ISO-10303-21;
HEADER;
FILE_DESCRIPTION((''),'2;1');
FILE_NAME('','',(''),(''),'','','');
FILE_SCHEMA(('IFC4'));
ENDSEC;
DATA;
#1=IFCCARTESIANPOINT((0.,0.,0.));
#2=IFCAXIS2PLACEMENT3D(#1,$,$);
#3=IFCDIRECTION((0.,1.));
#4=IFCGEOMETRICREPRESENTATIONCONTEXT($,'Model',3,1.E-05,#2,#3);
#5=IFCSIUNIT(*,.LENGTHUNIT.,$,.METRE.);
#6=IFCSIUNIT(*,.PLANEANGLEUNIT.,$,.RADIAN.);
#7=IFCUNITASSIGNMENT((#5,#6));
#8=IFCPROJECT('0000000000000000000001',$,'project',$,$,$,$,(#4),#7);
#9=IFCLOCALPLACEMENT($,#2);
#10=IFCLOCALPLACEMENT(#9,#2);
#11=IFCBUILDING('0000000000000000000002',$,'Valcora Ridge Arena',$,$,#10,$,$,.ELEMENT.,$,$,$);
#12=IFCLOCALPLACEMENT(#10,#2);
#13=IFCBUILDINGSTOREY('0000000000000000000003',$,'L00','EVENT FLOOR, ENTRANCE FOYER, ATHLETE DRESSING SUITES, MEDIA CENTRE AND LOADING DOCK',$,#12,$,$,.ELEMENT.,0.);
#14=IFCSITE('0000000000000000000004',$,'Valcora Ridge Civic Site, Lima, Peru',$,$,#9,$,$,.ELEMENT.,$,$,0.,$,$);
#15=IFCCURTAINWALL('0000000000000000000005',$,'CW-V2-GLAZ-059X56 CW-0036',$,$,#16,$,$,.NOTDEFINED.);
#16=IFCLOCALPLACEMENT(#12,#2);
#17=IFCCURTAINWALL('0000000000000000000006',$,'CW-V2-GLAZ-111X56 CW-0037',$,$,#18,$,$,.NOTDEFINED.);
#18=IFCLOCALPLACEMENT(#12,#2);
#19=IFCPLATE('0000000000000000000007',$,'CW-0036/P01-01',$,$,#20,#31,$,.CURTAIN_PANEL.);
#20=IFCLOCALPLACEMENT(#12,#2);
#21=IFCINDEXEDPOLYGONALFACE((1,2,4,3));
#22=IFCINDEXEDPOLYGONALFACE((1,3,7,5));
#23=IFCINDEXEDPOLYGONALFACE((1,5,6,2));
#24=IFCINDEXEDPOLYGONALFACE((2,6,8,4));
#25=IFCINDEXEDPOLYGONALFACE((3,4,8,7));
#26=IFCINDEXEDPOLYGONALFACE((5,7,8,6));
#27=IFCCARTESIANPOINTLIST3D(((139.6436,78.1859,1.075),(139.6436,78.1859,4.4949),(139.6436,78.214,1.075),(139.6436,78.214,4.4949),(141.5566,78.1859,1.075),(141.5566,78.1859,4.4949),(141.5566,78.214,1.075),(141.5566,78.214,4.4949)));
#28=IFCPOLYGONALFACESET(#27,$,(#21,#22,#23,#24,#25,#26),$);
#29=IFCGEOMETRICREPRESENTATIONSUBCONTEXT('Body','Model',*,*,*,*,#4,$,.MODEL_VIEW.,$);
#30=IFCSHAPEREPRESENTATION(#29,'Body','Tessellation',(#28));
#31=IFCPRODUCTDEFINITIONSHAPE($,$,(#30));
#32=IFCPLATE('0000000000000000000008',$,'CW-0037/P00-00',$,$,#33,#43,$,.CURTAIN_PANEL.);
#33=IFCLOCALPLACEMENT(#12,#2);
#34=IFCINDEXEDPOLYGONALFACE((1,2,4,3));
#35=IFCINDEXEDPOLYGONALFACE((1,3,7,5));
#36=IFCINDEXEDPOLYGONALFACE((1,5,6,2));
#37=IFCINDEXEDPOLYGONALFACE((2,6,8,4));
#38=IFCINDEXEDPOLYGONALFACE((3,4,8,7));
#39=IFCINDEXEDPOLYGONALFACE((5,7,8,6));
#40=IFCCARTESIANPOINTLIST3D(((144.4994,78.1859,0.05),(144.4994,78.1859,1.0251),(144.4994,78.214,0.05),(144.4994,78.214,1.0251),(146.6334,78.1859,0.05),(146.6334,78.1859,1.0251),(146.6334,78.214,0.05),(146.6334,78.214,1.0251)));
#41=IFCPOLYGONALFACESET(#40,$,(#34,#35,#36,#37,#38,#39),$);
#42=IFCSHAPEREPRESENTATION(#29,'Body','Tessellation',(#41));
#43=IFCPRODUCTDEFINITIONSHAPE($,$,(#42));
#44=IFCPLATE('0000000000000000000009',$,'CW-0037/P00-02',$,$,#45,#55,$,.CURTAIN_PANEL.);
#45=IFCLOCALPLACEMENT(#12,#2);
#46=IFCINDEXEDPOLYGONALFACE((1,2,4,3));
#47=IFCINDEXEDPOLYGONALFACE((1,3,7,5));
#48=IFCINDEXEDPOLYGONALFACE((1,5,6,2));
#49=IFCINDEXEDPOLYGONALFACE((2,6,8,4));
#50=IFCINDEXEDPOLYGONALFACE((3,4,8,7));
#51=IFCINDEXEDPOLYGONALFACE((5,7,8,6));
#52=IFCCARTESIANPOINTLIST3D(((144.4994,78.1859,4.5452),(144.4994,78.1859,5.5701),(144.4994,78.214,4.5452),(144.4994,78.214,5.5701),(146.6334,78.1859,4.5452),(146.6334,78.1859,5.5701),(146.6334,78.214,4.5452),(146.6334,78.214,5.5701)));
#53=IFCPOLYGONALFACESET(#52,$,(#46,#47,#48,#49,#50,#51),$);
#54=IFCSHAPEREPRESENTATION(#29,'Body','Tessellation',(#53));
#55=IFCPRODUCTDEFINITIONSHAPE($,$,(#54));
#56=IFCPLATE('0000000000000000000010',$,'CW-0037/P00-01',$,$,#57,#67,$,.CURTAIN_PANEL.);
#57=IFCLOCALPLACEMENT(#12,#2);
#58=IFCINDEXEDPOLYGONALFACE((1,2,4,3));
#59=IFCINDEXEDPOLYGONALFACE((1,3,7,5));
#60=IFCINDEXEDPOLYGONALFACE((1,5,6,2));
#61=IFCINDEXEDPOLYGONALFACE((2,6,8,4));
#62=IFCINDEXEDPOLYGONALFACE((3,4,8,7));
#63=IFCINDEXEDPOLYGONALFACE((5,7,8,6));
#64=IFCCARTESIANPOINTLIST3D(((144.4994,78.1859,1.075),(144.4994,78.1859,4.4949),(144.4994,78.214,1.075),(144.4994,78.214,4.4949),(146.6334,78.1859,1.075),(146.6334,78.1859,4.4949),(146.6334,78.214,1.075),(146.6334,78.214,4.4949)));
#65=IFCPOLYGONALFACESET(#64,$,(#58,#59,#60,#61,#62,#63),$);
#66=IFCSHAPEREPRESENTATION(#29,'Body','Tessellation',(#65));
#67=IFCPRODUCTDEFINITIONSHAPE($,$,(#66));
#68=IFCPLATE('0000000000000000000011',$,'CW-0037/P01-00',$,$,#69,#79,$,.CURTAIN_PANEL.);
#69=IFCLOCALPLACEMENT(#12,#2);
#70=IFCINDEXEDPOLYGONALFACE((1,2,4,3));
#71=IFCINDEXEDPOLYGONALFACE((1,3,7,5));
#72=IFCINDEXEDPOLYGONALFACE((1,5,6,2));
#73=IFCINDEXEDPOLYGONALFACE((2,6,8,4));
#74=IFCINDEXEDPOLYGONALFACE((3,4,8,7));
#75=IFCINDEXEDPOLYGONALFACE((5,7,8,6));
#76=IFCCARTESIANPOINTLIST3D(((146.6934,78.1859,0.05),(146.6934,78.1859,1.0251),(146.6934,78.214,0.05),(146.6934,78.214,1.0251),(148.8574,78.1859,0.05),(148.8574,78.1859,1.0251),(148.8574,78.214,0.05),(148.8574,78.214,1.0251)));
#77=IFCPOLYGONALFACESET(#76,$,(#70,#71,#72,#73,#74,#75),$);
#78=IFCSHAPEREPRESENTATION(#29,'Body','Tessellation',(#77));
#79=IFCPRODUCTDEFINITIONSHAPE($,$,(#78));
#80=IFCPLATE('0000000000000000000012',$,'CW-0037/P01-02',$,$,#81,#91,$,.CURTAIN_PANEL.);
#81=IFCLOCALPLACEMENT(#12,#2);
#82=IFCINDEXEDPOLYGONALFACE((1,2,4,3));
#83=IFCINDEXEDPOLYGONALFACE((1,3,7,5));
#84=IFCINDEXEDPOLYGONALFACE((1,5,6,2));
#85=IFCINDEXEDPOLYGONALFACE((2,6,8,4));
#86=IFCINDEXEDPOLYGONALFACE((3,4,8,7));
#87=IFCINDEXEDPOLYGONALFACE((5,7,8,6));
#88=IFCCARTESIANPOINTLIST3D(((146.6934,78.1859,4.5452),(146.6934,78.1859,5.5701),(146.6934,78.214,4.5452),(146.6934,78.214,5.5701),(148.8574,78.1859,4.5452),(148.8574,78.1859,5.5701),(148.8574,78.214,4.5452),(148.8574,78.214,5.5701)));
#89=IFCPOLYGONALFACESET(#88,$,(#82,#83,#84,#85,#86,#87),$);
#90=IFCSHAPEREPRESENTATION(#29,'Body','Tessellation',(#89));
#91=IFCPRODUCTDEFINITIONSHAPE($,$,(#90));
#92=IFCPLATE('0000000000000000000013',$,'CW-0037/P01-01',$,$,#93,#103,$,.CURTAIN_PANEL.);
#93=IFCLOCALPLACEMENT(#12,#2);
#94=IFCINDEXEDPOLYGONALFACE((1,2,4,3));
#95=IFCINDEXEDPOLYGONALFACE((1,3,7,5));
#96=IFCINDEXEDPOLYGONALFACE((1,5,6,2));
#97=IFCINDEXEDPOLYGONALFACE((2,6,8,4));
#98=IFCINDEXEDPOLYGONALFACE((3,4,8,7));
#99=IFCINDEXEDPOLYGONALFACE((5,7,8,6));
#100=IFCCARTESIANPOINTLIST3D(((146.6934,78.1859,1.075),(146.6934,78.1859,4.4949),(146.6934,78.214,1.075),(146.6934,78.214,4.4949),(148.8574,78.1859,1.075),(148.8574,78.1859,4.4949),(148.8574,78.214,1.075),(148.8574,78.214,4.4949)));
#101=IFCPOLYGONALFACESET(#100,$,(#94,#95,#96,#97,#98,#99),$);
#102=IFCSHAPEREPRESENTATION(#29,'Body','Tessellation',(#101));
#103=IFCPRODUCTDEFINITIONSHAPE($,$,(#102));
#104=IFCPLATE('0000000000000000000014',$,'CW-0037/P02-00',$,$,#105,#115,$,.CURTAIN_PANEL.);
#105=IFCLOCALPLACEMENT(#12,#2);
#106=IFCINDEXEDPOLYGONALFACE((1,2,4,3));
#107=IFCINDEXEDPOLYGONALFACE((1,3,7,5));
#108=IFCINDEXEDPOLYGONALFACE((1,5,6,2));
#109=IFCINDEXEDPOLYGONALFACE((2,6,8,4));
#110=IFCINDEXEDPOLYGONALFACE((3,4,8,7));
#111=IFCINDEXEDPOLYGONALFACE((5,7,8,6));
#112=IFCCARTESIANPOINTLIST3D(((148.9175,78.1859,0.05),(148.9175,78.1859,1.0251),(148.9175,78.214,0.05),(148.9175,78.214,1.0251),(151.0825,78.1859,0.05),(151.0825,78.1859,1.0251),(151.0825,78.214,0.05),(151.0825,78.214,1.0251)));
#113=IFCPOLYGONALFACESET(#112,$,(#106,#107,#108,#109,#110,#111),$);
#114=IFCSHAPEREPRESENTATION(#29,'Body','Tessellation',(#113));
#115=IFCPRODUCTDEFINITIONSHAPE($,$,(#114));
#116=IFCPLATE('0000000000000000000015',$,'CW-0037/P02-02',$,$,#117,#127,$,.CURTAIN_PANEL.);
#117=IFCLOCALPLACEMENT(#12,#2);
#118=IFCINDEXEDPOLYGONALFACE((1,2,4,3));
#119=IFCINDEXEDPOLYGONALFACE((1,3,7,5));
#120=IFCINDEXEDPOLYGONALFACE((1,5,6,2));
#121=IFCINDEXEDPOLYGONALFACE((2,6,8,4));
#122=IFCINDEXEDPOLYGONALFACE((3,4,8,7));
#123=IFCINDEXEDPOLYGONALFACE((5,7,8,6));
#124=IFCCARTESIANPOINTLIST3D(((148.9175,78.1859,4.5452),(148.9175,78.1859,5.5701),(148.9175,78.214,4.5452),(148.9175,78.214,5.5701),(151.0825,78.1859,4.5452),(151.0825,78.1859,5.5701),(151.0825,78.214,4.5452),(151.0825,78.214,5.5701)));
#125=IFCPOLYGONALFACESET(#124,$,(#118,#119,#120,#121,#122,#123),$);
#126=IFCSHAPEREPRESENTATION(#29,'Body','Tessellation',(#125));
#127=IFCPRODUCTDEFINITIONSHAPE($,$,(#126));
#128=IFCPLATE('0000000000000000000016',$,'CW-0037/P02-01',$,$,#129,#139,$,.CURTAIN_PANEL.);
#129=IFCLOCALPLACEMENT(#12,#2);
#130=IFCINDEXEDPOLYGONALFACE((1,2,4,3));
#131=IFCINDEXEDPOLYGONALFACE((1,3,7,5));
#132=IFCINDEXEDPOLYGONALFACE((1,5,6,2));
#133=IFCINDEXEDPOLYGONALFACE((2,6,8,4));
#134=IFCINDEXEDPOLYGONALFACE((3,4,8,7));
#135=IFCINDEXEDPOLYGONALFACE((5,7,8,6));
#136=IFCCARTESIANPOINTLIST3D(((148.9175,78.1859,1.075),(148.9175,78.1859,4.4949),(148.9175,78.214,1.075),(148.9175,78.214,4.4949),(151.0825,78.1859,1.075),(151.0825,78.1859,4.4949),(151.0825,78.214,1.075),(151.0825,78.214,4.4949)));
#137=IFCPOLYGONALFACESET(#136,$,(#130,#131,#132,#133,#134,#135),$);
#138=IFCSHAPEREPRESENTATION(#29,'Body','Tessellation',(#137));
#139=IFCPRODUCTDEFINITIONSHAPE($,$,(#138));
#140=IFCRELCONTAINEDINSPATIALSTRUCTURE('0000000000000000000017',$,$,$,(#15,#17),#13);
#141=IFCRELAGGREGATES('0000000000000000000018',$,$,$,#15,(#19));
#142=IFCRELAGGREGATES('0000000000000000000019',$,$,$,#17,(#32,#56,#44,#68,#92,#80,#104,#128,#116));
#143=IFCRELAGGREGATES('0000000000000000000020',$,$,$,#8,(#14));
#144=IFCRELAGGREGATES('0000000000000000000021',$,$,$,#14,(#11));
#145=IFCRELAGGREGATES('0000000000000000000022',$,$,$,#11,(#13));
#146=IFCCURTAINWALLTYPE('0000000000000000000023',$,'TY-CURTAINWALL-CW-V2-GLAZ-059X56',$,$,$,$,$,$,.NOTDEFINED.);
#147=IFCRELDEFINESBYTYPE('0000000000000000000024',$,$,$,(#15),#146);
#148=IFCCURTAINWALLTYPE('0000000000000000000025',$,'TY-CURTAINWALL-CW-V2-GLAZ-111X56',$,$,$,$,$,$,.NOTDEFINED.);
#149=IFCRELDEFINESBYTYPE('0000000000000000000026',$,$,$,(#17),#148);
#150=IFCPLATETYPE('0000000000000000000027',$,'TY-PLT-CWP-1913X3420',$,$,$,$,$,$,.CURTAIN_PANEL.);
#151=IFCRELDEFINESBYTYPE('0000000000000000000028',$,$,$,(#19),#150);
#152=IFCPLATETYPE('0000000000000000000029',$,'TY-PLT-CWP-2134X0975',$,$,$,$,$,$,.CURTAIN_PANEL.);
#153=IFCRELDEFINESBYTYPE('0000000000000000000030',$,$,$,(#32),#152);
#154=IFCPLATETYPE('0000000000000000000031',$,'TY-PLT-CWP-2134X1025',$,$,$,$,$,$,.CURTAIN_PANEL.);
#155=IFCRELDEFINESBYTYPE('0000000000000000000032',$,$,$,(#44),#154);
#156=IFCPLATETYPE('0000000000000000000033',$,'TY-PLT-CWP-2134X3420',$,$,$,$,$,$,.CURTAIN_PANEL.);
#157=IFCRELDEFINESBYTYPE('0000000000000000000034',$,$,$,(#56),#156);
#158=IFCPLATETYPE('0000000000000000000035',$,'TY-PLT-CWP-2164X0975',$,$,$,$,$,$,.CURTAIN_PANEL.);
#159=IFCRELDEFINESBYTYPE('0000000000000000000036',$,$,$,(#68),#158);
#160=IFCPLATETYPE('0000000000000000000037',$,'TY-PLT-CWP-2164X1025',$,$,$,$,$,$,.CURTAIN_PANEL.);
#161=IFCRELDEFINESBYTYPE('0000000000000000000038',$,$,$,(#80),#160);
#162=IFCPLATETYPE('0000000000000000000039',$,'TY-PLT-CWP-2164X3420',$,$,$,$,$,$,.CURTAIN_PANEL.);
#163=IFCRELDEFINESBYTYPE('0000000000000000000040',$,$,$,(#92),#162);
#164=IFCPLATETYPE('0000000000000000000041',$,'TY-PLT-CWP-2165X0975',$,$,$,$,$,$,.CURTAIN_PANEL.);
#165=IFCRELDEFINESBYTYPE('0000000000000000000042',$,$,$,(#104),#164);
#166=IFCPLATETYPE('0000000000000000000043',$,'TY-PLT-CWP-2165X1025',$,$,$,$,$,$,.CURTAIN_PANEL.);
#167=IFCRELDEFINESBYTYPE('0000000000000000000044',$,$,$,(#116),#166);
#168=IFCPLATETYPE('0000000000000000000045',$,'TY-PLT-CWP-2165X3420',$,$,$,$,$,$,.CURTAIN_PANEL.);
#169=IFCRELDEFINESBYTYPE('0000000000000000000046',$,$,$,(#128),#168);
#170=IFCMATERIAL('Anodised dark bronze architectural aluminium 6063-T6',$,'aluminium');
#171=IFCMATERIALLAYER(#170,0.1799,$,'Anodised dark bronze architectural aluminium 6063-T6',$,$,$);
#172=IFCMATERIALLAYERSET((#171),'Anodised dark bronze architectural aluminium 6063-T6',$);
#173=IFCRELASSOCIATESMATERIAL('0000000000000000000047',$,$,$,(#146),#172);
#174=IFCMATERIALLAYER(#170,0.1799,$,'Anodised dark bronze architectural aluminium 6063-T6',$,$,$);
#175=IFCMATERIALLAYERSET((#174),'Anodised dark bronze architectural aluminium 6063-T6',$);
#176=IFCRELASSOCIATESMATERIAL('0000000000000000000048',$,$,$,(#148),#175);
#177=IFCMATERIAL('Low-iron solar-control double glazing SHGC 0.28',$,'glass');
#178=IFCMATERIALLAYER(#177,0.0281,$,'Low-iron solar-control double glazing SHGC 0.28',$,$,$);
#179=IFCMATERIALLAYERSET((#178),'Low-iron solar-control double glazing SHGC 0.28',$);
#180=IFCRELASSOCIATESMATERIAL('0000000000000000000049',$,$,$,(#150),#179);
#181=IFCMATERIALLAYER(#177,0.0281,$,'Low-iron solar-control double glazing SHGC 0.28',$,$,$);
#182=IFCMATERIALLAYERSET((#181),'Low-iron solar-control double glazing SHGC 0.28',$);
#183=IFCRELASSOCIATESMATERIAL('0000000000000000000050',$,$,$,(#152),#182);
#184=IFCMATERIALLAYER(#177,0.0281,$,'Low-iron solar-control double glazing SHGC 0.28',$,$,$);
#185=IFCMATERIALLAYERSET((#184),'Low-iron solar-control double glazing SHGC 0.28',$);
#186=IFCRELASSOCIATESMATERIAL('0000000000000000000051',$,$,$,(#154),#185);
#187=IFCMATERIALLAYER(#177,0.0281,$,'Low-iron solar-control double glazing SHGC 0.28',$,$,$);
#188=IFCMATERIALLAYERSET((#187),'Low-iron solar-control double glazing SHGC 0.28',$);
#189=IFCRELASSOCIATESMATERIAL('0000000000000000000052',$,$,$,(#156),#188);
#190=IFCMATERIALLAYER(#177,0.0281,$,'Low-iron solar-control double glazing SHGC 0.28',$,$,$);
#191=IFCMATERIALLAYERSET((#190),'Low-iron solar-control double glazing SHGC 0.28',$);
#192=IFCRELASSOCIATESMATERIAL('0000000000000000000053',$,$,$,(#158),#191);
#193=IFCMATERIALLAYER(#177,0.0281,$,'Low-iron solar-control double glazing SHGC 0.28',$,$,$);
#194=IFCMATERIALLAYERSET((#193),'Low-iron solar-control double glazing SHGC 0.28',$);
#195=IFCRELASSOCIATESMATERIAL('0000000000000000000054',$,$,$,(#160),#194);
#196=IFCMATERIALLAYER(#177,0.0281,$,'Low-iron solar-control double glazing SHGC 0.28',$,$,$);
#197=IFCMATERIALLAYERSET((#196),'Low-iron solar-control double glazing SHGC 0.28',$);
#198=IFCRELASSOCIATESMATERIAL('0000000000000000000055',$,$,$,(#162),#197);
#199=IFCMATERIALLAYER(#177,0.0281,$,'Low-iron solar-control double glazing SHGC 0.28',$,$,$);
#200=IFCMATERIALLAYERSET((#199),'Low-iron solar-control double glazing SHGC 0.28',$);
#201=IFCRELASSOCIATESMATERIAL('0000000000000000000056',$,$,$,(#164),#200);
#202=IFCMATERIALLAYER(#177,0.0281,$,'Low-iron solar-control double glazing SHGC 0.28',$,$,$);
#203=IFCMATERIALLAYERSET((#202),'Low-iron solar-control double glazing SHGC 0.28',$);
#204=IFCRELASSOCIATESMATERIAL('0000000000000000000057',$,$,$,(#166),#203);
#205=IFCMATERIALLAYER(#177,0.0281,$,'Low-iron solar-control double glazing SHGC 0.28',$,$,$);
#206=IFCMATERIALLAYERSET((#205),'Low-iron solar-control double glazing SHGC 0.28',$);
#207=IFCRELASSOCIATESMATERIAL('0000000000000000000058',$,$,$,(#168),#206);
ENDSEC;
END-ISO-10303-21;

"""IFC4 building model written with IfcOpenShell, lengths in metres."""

from ifc_helpers import new_model, si_unit, direction, frame, origin, origin_2d, place, context, subcontext, project, spatial, rectangle, extrude, material, layer, layer_set, type_object, element, aggregate, save


model = new_model("IFC4")

# Units and contexts
model_context = context("Model", 3, precision=1e-05, world=origin(), true_north=direction((0.0, 1.0)))
body_context = subcontext(model_context, "Body", "Model", "MODEL_VIEW")
ifc_project = project(units=[si_unit("LENGTHUNIT", "METRE"), si_unit("PLANEANGLEUNIT", "RADIAN")], contexts=[model_context])

# Site, building, storey
site_placement = place(None, origin())
site = spatial("IfcSite", under=ifc_project, at=site_placement, Name="Valcora Ridge Civic Site, Lima, Peru", CompositionType="ELEMENT", RefElevation=0.0)
building_placement = place(site_placement, origin())
building = spatial("IfcBuilding", under=site, at=building_placement, Name="Valcora Ridge Arena", CompositionType="ELEMENT")
storey_placement = place(building_placement, origin())
storey = spatial("IfcBuildingStorey", under=building, at=storey_placement, Name="L00", Description="EVENT FLOOR, ENTRANCE FOYER, ATHLETE DRESSING SUITES, MEDIA CENTRE AND LOADING DOCK", CompositionType="ELEMENT", Elevation=0.0)

# Curtain walls
ifc_material_1 = material(Name="Anodised dark bronze architectural aluminium 6063-T6", Category="aluminium")
ifc_layer_1 = layer(ifc_material_1, 0.1799, Name="Anodised dark bronze architectural aluminium 6063-T6")
ifc_layer_set_1 = layer_set([ifc_layer_1], Name="Anodised dark bronze architectural aluminium 6063-T6")
curtain_wall_type_1 = type_object("IfcCurtainWallType", Name="TY-CURTAINWALL-CW-V2-GLAZ-059X56", PredefinedType="NOTDEFINED", material=ifc_layer_set_1)
curtain_wall_1_placement = place(storey_placement, origin())
curtain_wall_1 = element("IfcCurtainWall", 1, at=curtain_wall_1_placement, inside=storey, type_object=curtain_wall_type_1, Name="CW-V2-GLAZ-059X56 CW-0036", PredefinedType="NOTDEFINED")
ifc_layer_2 = layer(ifc_material_1, 0.1799, Name="Anodised dark bronze architectural aluminium 6063-T6")
ifc_layer_set_2 = layer_set([ifc_layer_2], Name="Anodised dark bronze architectural aluminium 6063-T6")
curtain_wall_type_2 = type_object("IfcCurtainWallType", Name="TY-CURTAINWALL-CW-V2-GLAZ-111X56", PredefinedType="NOTDEFINED", material=ifc_layer_set_2)
curtain_wall_2_placement = place(storey_placement, origin())
curtain_wall_2 = element("IfcCurtainWall", 2, at=curtain_wall_2_placement, inside=storey, type_object=curtain_wall_type_2, Name="CW-V2-GLAZ-111X56 CW-0037", PredefinedType="NOTDEFINED")

# Plates
ifc_material_2 = material(Name="Low-iron solar-control double glazing SHGC 0.28", Category="glass")
ifc_layer_3 = layer(ifc_material_2, 0.0281, Name="Low-iron solar-control double glazing SHGC 0.28")
ifc_layer_set_3 = layer_set([ifc_layer_3], Name="Low-iron solar-control double glazing SHGC 0.28")
plate_type_1 = type_object("IfcPlateType", Name="TY-PLT-CWP-1913X3420", PredefinedType="CURTAIN_PANEL", material=ifc_layer_set_3)
plate_1_placement = place(storey_placement, frame((140.6001, 78.2, 1.075), z_axis=(0.0, 0.0, 1.0), x_axis=(1.0, 0.0, 0.0)))
plate_1 = element("IfcPlate", 3, at=plate_1_placement, type_object=plate_type_1, Name="CW-0036/P01-01", PredefinedType="CURTAIN_PANEL", context=body_context, shape_type="SweptSolid", body=[
    extrude(rectangle(XDim=1.9131, YDim=0.0281, at=origin_2d()), origin(), (0.0, 0.0, 1.0), 3.4199),
])
aggregate(curtain_wall_1, [plate_1])
ifc_layer_4 = layer(ifc_material_2, 0.0281, Name="Low-iron solar-control double glazing SHGC 0.28")
ifc_layer_set_4 = layer_set([ifc_layer_4], Name="Low-iron solar-control double glazing SHGC 0.28")
plate_type_2 = type_object("IfcPlateType", Name="TY-PLT-CWP-2134X0975", PredefinedType="CURTAIN_PANEL", material=ifc_layer_set_4)
plate_2_placement = place(storey_placement, frame((145.5664, 78.2, 0.05), z_axis=(0.0, 0.0, 1.0), x_axis=(1.0, 0.0, 0.0)))
plate_2 = element("IfcPlate", 4, at=plate_2_placement, type_object=plate_type_2, Name="CW-0037/P00-00", PredefinedType="CURTAIN_PANEL", context=body_context, shape_type="SweptSolid", body=[
    extrude(rectangle(XDim=2.134, YDim=0.0281, at=origin_2d()), origin(), (0.0, 0.0, 1.0), 0.9751),
])
ifc_layer_5 = layer(ifc_material_2, 0.0281, Name="Low-iron solar-control double glazing SHGC 0.28")
ifc_layer_set_5 = layer_set([ifc_layer_5], Name="Low-iron solar-control double glazing SHGC 0.28")
plate_type_3 = type_object("IfcPlateType", Name="TY-PLT-CWP-2134X1025", PredefinedType="CURTAIN_PANEL", material=ifc_layer_set_5)
plate_3_placement = place(storey_placement, frame((145.5664, 78.2, 4.5452), z_axis=(0.0, 0.0, 1.0), x_axis=(1.0, 0.0, 0.0)))
plate_3 = element("IfcPlate", 5, at=plate_3_placement, type_object=plate_type_3, Name="CW-0037/P00-02", PredefinedType="CURTAIN_PANEL", context=body_context, shape_type="SweptSolid", body=[
    extrude(rectangle(XDim=2.134, YDim=0.0281, at=origin_2d()), origin(), (0.0, 0.0, 1.0), 1.0249),
])
ifc_layer_6 = layer(ifc_material_2, 0.0281, Name="Low-iron solar-control double glazing SHGC 0.28")
ifc_layer_set_6 = layer_set([ifc_layer_6], Name="Low-iron solar-control double glazing SHGC 0.28")
plate_type_4 = type_object("IfcPlateType", Name="TY-PLT-CWP-2134X3420", PredefinedType="CURTAIN_PANEL", material=ifc_layer_set_6)
plate_4_placement = place(storey_placement, frame((145.5664, 78.2, 1.075), z_axis=(0.0, 0.0, 1.0), x_axis=(1.0, 0.0, 0.0)))
plate_4 = element("IfcPlate", 6, at=plate_4_placement, type_object=plate_type_4, Name="CW-0037/P00-01", PredefinedType="CURTAIN_PANEL", context=body_context, shape_type="SweptSolid", body=[
    extrude(rectangle(XDim=2.134, YDim=0.0281, at=origin_2d()), origin(), (0.0, 0.0, 1.0), 3.4199),
])
ifc_layer_7 = layer(ifc_material_2, 0.0281, Name="Low-iron solar-control double glazing SHGC 0.28")
ifc_layer_set_7 = layer_set([ifc_layer_7], Name="Low-iron solar-control double glazing SHGC 0.28")
plate_type_5 = type_object("IfcPlateType", Name="TY-PLT-CWP-2164X0975", PredefinedType="CURTAIN_PANEL", material=ifc_layer_set_7)
plate_5_placement = place(storey_placement, frame((147.7754, 78.2, 0.05), z_axis=(0.0, 0.0, 1.0), x_axis=(1.0, 0.0, 0.0)))
plate_5 = element("IfcPlate", 7, at=plate_5_placement, type_object=plate_type_5, Name="CW-0037/P01-00", PredefinedType="CURTAIN_PANEL", context=body_context, shape_type="SweptSolid", body=[
    extrude(rectangle(XDim=2.1641, YDim=0.0281, at=origin_2d()), origin(), (0.0, 0.0, 1.0), 0.9751),
])
ifc_layer_8 = layer(ifc_material_2, 0.0281, Name="Low-iron solar-control double glazing SHGC 0.28")
ifc_layer_set_8 = layer_set([ifc_layer_8], Name="Low-iron solar-control double glazing SHGC 0.28")
plate_type_6 = type_object("IfcPlateType", Name="TY-PLT-CWP-2164X1025", PredefinedType="CURTAIN_PANEL", material=ifc_layer_set_8)
plate_6_placement = place(storey_placement, frame((147.7754, 78.2, 4.5452), z_axis=(0.0, 0.0, 1.0), x_axis=(1.0, 0.0, 0.0)))
plate_6 = element("IfcPlate", 8, at=plate_6_placement, type_object=plate_type_6, Name="CW-0037/P01-02", PredefinedType="CURTAIN_PANEL", context=body_context, shape_type="SweptSolid", body=[
    extrude(rectangle(XDim=2.1641, YDim=0.0281, at=origin_2d()), origin(), (0.0, 0.0, 1.0), 1.0249),
])
ifc_layer_9 = layer(ifc_material_2, 0.0281, Name="Low-iron solar-control double glazing SHGC 0.28")
ifc_layer_set_9 = layer_set([ifc_layer_9], Name="Low-iron solar-control double glazing SHGC 0.28")
plate_type_7 = type_object("IfcPlateType", Name="TY-PLT-CWP-2164X3420", PredefinedType="CURTAIN_PANEL", material=ifc_layer_set_9)
plate_7_placement = place(storey_placement, frame((147.7754, 78.2, 1.075), z_axis=(0.0, 0.0, 1.0), x_axis=(1.0, 0.0, 0.0)))
plate_7 = element("IfcPlate", 9, at=plate_7_placement, type_object=plate_type_7, Name="CW-0037/P01-01", PredefinedType="CURTAIN_PANEL", context=body_context, shape_type="SweptSolid", body=[
    extrude(rectangle(XDim=2.1641, YDim=0.0281, at=origin_2d()), origin(), (0.0, 0.0, 1.0), 3.4199),
])
ifc_layer_10 = layer(ifc_material_2, 0.0281, Name="Low-iron solar-control double glazing SHGC 0.28")
ifc_layer_set_10 = layer_set([ifc_layer_10], Name="Low-iron solar-control double glazing SHGC 0.28")
plate_type_8 = type_object("IfcPlateType", Name="TY-PLT-CWP-2165X0975", PredefinedType="CURTAIN_PANEL", material=ifc_layer_set_10)
plate_8_placement = place(storey_placement, frame((150.0, 78.2, 0.05), z_axis=(0.0, 0.0, 1.0), x_axis=(1.0, 0.0, 0.0)))
plate_8 = element("IfcPlate", 10, at=plate_8_placement, type_object=plate_type_8, Name="CW-0037/P02-00", PredefinedType="CURTAIN_PANEL", context=body_context, shape_type="SweptSolid", body=[
    extrude(rectangle(XDim=2.165, YDim=0.0281, at=origin_2d()), origin(), (0.0, 0.0, 1.0), 0.9751),
])
ifc_layer_11 = layer(ifc_material_2, 0.0281, Name="Low-iron solar-control double glazing SHGC 0.28")
ifc_layer_set_11 = layer_set([ifc_layer_11], Name="Low-iron solar-control double glazing SHGC 0.28")
plate_type_9 = type_object("IfcPlateType", Name="TY-PLT-CWP-2165X1025", PredefinedType="CURTAIN_PANEL", material=ifc_layer_set_11)
plate_9_placement = place(storey_placement, frame((150.0, 78.2, 4.5452), z_axis=(0.0, 0.0, 1.0), x_axis=(1.0, 0.0, 0.0)))
plate_9 = element("IfcPlate", 11, at=plate_9_placement, type_object=plate_type_9, Name="CW-0037/P02-02", PredefinedType="CURTAIN_PANEL", context=body_context, shape_type="SweptSolid", body=[
    extrude(rectangle(XDim=2.165, YDim=0.0281, at=origin_2d()), origin(), (0.0, 0.0, 1.0), 1.0249),
])
ifc_layer_12 = layer(ifc_material_2, 0.0281, Name="Low-iron solar-control double glazing SHGC 0.28")
ifc_layer_set_12 = layer_set([ifc_layer_12], Name="Low-iron solar-control double glazing SHGC 0.28")
plate_type_10 = type_object("IfcPlateType", Name="TY-PLT-CWP-2165X3420", PredefinedType="CURTAIN_PANEL", material=ifc_layer_set_12)
plate_10_placement = place(storey_placement, frame((150.0, 78.2, 1.075), z_axis=(0.0, 0.0, 1.0), x_axis=(1.0, 0.0, 0.0)))
plate_10 = element("IfcPlate", 12, at=plate_10_placement, type_object=plate_type_10, Name="CW-0037/P02-01", PredefinedType="CURTAIN_PANEL", context=body_context, shape_type="SweptSolid", body=[
    extrude(rectangle(XDim=2.165, YDim=0.0281, at=origin_2d()), origin(), (0.0, 0.0, 1.0), 3.4199),
])
aggregate(curtain_wall_2, [plate_2, plate_4, plate_3, plate_5, plate_7, plate_6, plate_8, plate_10, plate_9])

save(model, "model.ifc")
